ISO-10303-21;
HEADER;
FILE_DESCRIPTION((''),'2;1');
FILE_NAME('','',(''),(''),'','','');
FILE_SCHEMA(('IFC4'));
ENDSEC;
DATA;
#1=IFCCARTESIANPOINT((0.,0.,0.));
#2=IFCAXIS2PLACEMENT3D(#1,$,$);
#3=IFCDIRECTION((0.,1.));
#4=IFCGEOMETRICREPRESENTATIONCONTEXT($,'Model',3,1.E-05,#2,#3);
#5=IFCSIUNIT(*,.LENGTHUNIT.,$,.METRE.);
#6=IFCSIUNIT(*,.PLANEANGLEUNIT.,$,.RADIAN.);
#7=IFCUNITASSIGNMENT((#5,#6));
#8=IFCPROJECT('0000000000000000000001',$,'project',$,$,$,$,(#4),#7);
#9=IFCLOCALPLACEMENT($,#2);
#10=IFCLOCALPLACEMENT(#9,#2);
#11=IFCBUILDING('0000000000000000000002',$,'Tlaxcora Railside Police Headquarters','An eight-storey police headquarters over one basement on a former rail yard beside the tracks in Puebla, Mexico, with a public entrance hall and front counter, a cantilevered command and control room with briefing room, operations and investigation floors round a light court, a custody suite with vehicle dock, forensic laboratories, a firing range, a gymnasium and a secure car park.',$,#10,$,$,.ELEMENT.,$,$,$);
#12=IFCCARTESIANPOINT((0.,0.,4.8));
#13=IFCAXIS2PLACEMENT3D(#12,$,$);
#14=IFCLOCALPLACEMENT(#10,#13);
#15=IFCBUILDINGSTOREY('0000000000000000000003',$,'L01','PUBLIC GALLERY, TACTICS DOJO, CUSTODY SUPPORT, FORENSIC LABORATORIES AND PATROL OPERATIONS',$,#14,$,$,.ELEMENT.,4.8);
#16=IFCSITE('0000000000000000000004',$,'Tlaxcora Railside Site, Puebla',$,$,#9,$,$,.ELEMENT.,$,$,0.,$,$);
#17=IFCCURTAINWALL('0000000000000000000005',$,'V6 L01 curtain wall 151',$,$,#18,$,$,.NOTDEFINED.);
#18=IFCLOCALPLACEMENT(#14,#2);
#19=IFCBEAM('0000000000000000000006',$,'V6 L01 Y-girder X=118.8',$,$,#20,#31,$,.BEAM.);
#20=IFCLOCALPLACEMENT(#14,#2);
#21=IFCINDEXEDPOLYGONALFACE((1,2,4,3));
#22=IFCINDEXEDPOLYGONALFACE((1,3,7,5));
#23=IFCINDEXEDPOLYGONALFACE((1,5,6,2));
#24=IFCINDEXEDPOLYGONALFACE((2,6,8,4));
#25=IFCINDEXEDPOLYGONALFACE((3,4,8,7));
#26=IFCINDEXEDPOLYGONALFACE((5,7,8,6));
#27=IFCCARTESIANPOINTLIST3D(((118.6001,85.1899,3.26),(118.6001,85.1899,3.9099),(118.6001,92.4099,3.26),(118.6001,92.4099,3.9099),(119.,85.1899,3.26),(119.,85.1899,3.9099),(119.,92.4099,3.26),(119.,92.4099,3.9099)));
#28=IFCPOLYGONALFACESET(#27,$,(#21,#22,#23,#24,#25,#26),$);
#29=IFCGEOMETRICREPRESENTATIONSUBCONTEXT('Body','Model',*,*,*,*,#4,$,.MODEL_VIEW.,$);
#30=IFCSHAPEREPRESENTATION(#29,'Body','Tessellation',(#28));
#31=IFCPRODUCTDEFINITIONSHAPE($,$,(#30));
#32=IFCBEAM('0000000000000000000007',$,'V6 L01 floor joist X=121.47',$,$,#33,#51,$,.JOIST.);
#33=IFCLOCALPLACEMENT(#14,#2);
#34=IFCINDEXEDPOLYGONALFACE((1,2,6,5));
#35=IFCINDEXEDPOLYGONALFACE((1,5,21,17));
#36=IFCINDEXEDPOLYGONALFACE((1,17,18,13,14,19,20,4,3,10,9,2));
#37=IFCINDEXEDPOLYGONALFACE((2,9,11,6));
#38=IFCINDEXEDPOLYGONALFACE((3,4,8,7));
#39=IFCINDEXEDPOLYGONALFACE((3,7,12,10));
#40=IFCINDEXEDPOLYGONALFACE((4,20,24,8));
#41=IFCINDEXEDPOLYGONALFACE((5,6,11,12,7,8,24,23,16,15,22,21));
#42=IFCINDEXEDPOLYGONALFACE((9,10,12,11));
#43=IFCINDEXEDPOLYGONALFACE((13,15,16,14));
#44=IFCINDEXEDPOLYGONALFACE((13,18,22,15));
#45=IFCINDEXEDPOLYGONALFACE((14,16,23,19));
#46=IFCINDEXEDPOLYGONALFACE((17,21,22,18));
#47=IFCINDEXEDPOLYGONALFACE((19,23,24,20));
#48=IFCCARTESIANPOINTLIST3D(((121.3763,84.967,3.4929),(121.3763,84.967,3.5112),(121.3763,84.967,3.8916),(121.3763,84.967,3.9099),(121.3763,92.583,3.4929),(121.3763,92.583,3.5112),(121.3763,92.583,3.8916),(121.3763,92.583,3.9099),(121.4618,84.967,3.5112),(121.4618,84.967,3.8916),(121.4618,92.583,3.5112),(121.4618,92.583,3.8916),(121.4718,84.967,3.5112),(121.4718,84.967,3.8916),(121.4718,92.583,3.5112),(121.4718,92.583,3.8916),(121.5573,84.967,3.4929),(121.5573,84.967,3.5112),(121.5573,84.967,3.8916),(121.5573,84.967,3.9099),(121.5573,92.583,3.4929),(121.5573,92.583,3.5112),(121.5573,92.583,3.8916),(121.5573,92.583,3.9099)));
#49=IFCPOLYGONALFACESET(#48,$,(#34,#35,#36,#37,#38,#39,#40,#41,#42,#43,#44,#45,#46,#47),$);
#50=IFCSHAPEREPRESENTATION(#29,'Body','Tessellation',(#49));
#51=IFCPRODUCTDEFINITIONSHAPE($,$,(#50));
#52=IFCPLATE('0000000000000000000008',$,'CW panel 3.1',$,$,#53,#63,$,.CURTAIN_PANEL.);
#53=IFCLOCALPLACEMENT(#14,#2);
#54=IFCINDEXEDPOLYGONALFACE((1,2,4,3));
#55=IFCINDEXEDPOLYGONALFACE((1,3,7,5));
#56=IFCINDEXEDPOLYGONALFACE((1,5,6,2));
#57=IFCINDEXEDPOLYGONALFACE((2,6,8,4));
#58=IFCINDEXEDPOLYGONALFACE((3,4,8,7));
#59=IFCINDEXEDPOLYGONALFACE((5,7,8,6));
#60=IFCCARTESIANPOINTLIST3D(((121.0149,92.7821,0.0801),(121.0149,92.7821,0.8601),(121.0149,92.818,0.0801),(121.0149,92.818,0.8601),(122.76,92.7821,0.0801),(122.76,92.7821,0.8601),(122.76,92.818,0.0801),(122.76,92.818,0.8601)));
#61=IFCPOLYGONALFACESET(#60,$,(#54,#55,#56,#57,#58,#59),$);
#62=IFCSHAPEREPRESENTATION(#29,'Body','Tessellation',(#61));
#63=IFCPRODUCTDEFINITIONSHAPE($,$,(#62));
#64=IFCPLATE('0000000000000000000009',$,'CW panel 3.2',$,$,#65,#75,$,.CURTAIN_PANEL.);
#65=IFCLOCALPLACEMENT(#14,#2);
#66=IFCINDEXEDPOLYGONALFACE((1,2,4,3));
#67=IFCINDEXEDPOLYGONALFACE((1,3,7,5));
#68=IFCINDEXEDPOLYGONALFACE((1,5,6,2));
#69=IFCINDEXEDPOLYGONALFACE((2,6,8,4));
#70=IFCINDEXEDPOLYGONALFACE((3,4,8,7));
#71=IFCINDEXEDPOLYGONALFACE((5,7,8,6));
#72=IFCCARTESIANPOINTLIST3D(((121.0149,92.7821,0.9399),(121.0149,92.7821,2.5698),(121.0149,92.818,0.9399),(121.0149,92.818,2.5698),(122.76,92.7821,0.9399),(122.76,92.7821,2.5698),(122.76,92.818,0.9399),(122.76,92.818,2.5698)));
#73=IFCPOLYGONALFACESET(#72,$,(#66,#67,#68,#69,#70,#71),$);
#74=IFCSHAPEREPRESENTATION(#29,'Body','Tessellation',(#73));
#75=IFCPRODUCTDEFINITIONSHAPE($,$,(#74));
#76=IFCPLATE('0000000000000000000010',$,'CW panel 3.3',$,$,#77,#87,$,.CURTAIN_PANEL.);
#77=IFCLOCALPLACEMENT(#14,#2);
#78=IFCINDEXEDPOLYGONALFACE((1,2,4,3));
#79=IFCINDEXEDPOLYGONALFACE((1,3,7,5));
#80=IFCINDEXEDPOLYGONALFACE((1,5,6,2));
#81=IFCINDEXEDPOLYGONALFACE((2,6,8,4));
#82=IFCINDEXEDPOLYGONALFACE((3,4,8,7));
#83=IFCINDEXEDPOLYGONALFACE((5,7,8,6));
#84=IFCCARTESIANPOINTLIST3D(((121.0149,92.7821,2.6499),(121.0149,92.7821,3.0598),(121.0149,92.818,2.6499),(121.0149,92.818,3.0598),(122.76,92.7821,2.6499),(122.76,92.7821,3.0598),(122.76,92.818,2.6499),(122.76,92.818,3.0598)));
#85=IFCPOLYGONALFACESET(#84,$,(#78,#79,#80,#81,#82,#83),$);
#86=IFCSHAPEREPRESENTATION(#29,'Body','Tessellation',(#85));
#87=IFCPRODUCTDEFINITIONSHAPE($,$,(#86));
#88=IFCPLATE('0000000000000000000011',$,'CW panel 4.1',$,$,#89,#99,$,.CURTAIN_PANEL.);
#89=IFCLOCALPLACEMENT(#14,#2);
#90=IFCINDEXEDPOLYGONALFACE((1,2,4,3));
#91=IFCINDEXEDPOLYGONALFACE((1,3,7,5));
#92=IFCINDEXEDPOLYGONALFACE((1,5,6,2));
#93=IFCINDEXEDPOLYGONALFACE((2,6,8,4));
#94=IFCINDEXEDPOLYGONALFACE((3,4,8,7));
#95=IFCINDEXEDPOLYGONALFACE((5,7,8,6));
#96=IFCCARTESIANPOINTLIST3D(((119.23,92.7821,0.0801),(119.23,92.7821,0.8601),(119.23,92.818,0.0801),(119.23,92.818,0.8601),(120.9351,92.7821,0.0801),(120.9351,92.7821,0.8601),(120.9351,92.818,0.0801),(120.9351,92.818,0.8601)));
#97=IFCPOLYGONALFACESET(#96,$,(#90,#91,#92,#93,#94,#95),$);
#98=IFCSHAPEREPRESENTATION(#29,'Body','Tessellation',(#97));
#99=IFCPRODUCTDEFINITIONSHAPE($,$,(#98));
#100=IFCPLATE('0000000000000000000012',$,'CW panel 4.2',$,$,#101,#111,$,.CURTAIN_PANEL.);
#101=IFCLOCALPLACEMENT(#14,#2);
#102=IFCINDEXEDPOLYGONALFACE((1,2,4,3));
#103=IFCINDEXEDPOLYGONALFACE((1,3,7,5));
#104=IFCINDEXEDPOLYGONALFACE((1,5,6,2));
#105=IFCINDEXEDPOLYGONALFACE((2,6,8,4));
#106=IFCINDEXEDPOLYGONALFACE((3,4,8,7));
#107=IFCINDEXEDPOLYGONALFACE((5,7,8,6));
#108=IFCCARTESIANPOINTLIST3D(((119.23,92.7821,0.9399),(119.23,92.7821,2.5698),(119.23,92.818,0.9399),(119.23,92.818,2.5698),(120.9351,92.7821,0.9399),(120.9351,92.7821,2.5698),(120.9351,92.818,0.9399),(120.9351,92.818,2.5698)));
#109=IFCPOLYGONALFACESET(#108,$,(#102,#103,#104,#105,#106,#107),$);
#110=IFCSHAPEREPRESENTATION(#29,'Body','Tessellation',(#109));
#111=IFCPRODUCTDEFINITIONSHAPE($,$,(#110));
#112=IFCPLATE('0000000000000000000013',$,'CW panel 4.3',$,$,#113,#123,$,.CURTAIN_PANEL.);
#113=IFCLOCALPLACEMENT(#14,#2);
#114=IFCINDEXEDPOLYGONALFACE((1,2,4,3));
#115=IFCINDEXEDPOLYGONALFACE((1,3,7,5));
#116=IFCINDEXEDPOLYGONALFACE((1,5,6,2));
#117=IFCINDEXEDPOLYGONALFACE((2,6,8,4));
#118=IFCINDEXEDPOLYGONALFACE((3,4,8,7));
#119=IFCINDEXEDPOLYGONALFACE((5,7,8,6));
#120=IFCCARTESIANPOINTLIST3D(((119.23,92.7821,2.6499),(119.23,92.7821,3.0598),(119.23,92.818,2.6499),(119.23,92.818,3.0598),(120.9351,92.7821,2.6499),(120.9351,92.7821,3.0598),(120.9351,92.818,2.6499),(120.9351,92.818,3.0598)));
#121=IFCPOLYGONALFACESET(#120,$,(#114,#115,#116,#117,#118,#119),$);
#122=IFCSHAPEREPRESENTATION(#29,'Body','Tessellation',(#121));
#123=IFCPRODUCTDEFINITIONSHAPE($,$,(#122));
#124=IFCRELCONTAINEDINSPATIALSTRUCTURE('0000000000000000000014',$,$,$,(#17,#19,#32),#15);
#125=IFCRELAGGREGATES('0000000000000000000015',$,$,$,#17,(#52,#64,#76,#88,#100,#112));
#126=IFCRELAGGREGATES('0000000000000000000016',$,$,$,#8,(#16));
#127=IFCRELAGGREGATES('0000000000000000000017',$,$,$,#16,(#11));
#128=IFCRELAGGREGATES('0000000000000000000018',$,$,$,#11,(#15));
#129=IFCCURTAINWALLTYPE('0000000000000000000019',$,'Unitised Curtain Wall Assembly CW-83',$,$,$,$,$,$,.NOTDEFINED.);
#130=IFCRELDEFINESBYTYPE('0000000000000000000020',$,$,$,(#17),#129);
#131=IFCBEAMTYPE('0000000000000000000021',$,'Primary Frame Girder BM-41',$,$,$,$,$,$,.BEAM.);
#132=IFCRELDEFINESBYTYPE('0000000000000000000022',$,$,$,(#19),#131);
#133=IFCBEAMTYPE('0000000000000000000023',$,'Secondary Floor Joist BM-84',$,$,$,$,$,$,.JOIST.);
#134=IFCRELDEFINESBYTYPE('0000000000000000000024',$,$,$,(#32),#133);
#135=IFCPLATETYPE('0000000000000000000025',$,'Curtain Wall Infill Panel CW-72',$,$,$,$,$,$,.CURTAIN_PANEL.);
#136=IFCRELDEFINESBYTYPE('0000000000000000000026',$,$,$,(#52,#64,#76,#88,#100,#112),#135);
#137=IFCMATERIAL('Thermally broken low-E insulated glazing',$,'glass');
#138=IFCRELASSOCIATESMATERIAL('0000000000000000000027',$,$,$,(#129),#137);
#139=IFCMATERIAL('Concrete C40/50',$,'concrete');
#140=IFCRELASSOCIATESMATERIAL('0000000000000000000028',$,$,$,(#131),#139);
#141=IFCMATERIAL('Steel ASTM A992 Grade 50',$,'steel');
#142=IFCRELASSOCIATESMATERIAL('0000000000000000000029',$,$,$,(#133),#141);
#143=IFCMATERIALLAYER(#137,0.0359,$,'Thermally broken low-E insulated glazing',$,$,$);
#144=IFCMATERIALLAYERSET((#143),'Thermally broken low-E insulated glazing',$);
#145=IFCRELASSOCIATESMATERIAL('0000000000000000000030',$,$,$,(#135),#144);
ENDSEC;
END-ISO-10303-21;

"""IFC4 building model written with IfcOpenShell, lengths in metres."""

from ifc_helpers import new_model, si_unit, direction, frame, origin, origin_2d, place, context, subcontext, project, spatial, rectangle, i_section, extrude, material, layer, layer_set, material_profile, profile_set, type_object, element, aggregate, save


model = new_model("IFC4")

# Units and contexts
model_context = context("Model", 3, precision=1e-05, world=origin(), true_north=direction((0.0, 1.0)))
body_context = subcontext(model_context, "Body", "Model", "MODEL_VIEW")
ifc_project = project(units=[si_unit("LENGTHUNIT", "METRE"), si_unit("PLANEANGLEUNIT", "RADIAN")], contexts=[model_context])

# Site, building, storey
site_placement = place(None, origin())
site = spatial("IfcSite", under=ifc_project, at=site_placement, Name="Tlaxcora Railside Site, Puebla", CompositionType="ELEMENT", RefElevation=0.0)
building_placement = place(site_placement, origin())
building = spatial("IfcBuilding", under=site, at=building_placement, Name="Tlaxcora Railside Police Headquarters", Description="An eight-storey police headquarters over one basement on a former rail yard beside the tracks in Puebla, Mexico, with a public entrance hall and front counter, a cantilevered command and control room with briefing room, operations and investigation floors round a light court, a custody suite with vehicle dock, forensic laboratories, a firing range, a gymnasium and a secure car park.", CompositionType="ELEMENT")
storey_placement = place(building_placement, frame((0.0, 0.0, 4.8)))
storey = spatial("IfcBuildingStorey", under=building, at=storey_placement, Name="L01", Description="PUBLIC GALLERY, TACTICS DOJO, CUSTODY SUPPORT, FORENSIC LABORATORIES AND PATROL OPERATIONS", CompositionType="ELEMENT", Elevation=4.8)

# Shared definitions
ifc_material_1 = material(Name="Concrete C40/50", Category="concrete")

# Curtain wall
ifc_material_2 = material(Name="Thermally broken low-E insulated glazing", Category="glass")
curtain_wall_type = type_object("IfcCurtainWallType", Name="Unitised Curtain Wall Assembly CW-83", PredefinedType="NOTDEFINED", material=ifc_material_2)
curtain_wall_placement = place(storey_placement, origin())
curtain_wall = element("IfcCurtainWall", 1, at=curtain_wall_placement, inside=storey, type_object=curtain_wall_type, Name="V6 L01 curtain wall 151", PredefinedType="NOTDEFINED")

# Beams
ifc_material_profile_1 = material_profile(ifc_material_1, rectangle(XDim=0.3999, YDim=0.6499, at=origin_2d()), Name="RC400X650")
ifc_profile_set_1 = profile_set([ifc_material_profile_1], Name="Concrete C40/50")
beam_type_1 = type_object("IfcBeamType", Name="Primary Frame Girder BM-41", PredefinedType="BEAM", material=ifc_profile_set_1)
beam_1_placement = place(storey_placement, frame((118.8, 85.1899, 3.585), z_axis=(0.0, 1.0, 0.0), x_axis=(-1.0, 0.0, 0.0)))
element("IfcBeam", 2, at=beam_1_placement, inside=storey, type_object=beam_type_1, Name="V6 L01 Y-girder X=118.8", PredefinedType="BEAM", context=body_context, shape_type="SweptSolid", body=[
    extrude(rectangle(XDim=0.3999, YDim=0.6499, at=origin_2d()), origin(), (0.0, 0.0, 1.0), 7.22),
])
ifc_material_3 = material(Name="Steel ASTM A992 Grade 50", Category="steel")
ifc_material_profile_2 = material_profile(ifc_material_3, i_section(OverallWidth=0.1809, OverallDepth=0.417, WebThickness=0.01, FlangeThickness=0.0183, at=origin_2d()), Name="W16X57")
ifc_profile_set_2 = profile_set([ifc_material_profile_2], Name="Steel ASTM A992 Grade 50")
beam_type_2 = type_object("IfcBeamType", Name="Secondary Floor Joist BM-84", PredefinedType="JOIST", material=ifc_profile_set_2)
beam_2_placement = place(storey_placement, frame((121.4668, 84.967, 3.7014), z_axis=(0.0, 1.0, 0.0), x_axis=(-1.0, 0.0, 0.0)))
element("IfcBeam", 3, at=beam_2_placement, inside=storey, type_object=beam_type_2, Name="V6 L01 floor joist X=121.47", PredefinedType="JOIST", context=body_context, shape_type="SweptSolid", body=[
    extrude(i_section(OverallWidth=0.1809, OverallDepth=0.417, WebThickness=0.01, FlangeThickness=0.0183, at=origin_2d()), origin(), (0.0, 0.0, 1.0), 7.616),
])

# Plates
ifc_layer = layer(ifc_material_2, 0.0359, Name="Thermally broken low-E insulated glazing")
ifc_layer_set = layer_set([ifc_layer], Name="Thermally broken low-E insulated glazing")
plate_type = type_object("IfcPlateType", Name="Curtain Wall Infill Panel CW-72", PredefinedType="CURTAIN_PANEL", material=ifc_layer_set)
plate_1_placement = place(storey_placement, frame((121.8875, 92.8, 0.0801), z_axis=(0.0, 0.0, 1.0), x_axis=(-1.0, 0.0, 0.0)))
plate_1 = element("IfcPlate", 4, at=plate_1_placement, type_object=plate_type, Name="CW panel 3.1", PredefinedType="CURTAIN_PANEL", context=body_context, shape_type="SweptSolid", body=[
    extrude(rectangle(XDim=1.7451, YDim=0.0359, at=origin_2d()), origin(), (0.0, 0.0, 1.0), 0.78),
])
plate_2_placement = place(storey_placement, frame((121.8875, 92.8, 0.9399), z_axis=(0.0, 0.0, 1.0), x_axis=(-1.0, 0.0, 0.0)))
plate_2 = element("IfcPlate", 5, at=plate_2_placement, type_object=plate_type, Name="CW panel 3.2", PredefinedType="CURTAIN_PANEL", context=body_context, shape_type="SweptSolid", body=[
    extrude(rectangle(XDim=1.7451, YDim=0.0359, at=origin_2d()), origin(), (0.0, 0.0, 1.0), 1.6299),
])
plate_3_placement = place(storey_placement, frame((121.8875, 92.8, 2.6499), z_axis=(0.0, 0.0, 1.0), x_axis=(-1.0, 0.0, 0.0)))
plate_3 = element("IfcPlate", 6, at=plate_3_placement, type_object=plate_type, Name="CW panel 3.3", PredefinedType="CURTAIN_PANEL", context=body_context, shape_type="SweptSolid", body=[
    extrude(rectangle(XDim=1.7451, YDim=0.0359, at=origin_2d()), origin(), (0.0, 0.0, 1.0), 0.4099),
])
plate_4_placement = place(storey_placement, frame((120.0825, 92.8, 0.0801), z_axis=(0.0, 0.0, 1.0), x_axis=(-1.0, 0.0, 0.0)))
plate_4 = element("IfcPlate", 7, at=plate_4_placement, type_object=plate_type, Name="CW panel 4.1", PredefinedType="CURTAIN_PANEL", context=body_context, shape_type="SweptSolid", body=[
    extrude(rectangle(XDim=1.7051, YDim=0.0359, at=origin_2d()), origin(), (0.0, 0.0, 1.0), 0.78),
])
plate_5_placement = place(storey_placement, frame((120.0825, 92.8, 0.9399), z_axis=(0.0, 0.0, 1.0), x_axis=(-1.0, 0.0, 0.0)))
plate_5 = element("IfcPlate", 8, at=plate_5_placement, type_object=plate_type, Name="CW panel 4.2", PredefinedType="CURTAIN_PANEL", context=body_context, shape_type="SweptSolid", body=[
    extrude(rectangle(XDim=1.7051, YDim=0.0359, at=origin_2d()), origin(), (0.0, 0.0, 1.0), 1.6299),
])
plate_6_placement = place(storey_placement, frame((120.0825, 92.8, 2.6499), z_axis=(0.0, 0.0, 1.0), x_axis=(-1.0, 0.0, 0.0)))
plate_6 = element("IfcPlate", 9, at=plate_6_placement, type_object=plate_type, Name="CW panel 4.3", PredefinedType="CURTAIN_PANEL", context=body_context, shape_type="SweptSolid", body=[
    extrude(rectangle(XDim=1.7051, YDim=0.0359, at=origin_2d()), origin(), (0.0, 0.0, 1.0), 0.4099),
])
aggregate(curtain_wall, [plate_1, plate_2, plate_3, plate_4, plate_5, plate_6])

save(model, "model.ifc")
